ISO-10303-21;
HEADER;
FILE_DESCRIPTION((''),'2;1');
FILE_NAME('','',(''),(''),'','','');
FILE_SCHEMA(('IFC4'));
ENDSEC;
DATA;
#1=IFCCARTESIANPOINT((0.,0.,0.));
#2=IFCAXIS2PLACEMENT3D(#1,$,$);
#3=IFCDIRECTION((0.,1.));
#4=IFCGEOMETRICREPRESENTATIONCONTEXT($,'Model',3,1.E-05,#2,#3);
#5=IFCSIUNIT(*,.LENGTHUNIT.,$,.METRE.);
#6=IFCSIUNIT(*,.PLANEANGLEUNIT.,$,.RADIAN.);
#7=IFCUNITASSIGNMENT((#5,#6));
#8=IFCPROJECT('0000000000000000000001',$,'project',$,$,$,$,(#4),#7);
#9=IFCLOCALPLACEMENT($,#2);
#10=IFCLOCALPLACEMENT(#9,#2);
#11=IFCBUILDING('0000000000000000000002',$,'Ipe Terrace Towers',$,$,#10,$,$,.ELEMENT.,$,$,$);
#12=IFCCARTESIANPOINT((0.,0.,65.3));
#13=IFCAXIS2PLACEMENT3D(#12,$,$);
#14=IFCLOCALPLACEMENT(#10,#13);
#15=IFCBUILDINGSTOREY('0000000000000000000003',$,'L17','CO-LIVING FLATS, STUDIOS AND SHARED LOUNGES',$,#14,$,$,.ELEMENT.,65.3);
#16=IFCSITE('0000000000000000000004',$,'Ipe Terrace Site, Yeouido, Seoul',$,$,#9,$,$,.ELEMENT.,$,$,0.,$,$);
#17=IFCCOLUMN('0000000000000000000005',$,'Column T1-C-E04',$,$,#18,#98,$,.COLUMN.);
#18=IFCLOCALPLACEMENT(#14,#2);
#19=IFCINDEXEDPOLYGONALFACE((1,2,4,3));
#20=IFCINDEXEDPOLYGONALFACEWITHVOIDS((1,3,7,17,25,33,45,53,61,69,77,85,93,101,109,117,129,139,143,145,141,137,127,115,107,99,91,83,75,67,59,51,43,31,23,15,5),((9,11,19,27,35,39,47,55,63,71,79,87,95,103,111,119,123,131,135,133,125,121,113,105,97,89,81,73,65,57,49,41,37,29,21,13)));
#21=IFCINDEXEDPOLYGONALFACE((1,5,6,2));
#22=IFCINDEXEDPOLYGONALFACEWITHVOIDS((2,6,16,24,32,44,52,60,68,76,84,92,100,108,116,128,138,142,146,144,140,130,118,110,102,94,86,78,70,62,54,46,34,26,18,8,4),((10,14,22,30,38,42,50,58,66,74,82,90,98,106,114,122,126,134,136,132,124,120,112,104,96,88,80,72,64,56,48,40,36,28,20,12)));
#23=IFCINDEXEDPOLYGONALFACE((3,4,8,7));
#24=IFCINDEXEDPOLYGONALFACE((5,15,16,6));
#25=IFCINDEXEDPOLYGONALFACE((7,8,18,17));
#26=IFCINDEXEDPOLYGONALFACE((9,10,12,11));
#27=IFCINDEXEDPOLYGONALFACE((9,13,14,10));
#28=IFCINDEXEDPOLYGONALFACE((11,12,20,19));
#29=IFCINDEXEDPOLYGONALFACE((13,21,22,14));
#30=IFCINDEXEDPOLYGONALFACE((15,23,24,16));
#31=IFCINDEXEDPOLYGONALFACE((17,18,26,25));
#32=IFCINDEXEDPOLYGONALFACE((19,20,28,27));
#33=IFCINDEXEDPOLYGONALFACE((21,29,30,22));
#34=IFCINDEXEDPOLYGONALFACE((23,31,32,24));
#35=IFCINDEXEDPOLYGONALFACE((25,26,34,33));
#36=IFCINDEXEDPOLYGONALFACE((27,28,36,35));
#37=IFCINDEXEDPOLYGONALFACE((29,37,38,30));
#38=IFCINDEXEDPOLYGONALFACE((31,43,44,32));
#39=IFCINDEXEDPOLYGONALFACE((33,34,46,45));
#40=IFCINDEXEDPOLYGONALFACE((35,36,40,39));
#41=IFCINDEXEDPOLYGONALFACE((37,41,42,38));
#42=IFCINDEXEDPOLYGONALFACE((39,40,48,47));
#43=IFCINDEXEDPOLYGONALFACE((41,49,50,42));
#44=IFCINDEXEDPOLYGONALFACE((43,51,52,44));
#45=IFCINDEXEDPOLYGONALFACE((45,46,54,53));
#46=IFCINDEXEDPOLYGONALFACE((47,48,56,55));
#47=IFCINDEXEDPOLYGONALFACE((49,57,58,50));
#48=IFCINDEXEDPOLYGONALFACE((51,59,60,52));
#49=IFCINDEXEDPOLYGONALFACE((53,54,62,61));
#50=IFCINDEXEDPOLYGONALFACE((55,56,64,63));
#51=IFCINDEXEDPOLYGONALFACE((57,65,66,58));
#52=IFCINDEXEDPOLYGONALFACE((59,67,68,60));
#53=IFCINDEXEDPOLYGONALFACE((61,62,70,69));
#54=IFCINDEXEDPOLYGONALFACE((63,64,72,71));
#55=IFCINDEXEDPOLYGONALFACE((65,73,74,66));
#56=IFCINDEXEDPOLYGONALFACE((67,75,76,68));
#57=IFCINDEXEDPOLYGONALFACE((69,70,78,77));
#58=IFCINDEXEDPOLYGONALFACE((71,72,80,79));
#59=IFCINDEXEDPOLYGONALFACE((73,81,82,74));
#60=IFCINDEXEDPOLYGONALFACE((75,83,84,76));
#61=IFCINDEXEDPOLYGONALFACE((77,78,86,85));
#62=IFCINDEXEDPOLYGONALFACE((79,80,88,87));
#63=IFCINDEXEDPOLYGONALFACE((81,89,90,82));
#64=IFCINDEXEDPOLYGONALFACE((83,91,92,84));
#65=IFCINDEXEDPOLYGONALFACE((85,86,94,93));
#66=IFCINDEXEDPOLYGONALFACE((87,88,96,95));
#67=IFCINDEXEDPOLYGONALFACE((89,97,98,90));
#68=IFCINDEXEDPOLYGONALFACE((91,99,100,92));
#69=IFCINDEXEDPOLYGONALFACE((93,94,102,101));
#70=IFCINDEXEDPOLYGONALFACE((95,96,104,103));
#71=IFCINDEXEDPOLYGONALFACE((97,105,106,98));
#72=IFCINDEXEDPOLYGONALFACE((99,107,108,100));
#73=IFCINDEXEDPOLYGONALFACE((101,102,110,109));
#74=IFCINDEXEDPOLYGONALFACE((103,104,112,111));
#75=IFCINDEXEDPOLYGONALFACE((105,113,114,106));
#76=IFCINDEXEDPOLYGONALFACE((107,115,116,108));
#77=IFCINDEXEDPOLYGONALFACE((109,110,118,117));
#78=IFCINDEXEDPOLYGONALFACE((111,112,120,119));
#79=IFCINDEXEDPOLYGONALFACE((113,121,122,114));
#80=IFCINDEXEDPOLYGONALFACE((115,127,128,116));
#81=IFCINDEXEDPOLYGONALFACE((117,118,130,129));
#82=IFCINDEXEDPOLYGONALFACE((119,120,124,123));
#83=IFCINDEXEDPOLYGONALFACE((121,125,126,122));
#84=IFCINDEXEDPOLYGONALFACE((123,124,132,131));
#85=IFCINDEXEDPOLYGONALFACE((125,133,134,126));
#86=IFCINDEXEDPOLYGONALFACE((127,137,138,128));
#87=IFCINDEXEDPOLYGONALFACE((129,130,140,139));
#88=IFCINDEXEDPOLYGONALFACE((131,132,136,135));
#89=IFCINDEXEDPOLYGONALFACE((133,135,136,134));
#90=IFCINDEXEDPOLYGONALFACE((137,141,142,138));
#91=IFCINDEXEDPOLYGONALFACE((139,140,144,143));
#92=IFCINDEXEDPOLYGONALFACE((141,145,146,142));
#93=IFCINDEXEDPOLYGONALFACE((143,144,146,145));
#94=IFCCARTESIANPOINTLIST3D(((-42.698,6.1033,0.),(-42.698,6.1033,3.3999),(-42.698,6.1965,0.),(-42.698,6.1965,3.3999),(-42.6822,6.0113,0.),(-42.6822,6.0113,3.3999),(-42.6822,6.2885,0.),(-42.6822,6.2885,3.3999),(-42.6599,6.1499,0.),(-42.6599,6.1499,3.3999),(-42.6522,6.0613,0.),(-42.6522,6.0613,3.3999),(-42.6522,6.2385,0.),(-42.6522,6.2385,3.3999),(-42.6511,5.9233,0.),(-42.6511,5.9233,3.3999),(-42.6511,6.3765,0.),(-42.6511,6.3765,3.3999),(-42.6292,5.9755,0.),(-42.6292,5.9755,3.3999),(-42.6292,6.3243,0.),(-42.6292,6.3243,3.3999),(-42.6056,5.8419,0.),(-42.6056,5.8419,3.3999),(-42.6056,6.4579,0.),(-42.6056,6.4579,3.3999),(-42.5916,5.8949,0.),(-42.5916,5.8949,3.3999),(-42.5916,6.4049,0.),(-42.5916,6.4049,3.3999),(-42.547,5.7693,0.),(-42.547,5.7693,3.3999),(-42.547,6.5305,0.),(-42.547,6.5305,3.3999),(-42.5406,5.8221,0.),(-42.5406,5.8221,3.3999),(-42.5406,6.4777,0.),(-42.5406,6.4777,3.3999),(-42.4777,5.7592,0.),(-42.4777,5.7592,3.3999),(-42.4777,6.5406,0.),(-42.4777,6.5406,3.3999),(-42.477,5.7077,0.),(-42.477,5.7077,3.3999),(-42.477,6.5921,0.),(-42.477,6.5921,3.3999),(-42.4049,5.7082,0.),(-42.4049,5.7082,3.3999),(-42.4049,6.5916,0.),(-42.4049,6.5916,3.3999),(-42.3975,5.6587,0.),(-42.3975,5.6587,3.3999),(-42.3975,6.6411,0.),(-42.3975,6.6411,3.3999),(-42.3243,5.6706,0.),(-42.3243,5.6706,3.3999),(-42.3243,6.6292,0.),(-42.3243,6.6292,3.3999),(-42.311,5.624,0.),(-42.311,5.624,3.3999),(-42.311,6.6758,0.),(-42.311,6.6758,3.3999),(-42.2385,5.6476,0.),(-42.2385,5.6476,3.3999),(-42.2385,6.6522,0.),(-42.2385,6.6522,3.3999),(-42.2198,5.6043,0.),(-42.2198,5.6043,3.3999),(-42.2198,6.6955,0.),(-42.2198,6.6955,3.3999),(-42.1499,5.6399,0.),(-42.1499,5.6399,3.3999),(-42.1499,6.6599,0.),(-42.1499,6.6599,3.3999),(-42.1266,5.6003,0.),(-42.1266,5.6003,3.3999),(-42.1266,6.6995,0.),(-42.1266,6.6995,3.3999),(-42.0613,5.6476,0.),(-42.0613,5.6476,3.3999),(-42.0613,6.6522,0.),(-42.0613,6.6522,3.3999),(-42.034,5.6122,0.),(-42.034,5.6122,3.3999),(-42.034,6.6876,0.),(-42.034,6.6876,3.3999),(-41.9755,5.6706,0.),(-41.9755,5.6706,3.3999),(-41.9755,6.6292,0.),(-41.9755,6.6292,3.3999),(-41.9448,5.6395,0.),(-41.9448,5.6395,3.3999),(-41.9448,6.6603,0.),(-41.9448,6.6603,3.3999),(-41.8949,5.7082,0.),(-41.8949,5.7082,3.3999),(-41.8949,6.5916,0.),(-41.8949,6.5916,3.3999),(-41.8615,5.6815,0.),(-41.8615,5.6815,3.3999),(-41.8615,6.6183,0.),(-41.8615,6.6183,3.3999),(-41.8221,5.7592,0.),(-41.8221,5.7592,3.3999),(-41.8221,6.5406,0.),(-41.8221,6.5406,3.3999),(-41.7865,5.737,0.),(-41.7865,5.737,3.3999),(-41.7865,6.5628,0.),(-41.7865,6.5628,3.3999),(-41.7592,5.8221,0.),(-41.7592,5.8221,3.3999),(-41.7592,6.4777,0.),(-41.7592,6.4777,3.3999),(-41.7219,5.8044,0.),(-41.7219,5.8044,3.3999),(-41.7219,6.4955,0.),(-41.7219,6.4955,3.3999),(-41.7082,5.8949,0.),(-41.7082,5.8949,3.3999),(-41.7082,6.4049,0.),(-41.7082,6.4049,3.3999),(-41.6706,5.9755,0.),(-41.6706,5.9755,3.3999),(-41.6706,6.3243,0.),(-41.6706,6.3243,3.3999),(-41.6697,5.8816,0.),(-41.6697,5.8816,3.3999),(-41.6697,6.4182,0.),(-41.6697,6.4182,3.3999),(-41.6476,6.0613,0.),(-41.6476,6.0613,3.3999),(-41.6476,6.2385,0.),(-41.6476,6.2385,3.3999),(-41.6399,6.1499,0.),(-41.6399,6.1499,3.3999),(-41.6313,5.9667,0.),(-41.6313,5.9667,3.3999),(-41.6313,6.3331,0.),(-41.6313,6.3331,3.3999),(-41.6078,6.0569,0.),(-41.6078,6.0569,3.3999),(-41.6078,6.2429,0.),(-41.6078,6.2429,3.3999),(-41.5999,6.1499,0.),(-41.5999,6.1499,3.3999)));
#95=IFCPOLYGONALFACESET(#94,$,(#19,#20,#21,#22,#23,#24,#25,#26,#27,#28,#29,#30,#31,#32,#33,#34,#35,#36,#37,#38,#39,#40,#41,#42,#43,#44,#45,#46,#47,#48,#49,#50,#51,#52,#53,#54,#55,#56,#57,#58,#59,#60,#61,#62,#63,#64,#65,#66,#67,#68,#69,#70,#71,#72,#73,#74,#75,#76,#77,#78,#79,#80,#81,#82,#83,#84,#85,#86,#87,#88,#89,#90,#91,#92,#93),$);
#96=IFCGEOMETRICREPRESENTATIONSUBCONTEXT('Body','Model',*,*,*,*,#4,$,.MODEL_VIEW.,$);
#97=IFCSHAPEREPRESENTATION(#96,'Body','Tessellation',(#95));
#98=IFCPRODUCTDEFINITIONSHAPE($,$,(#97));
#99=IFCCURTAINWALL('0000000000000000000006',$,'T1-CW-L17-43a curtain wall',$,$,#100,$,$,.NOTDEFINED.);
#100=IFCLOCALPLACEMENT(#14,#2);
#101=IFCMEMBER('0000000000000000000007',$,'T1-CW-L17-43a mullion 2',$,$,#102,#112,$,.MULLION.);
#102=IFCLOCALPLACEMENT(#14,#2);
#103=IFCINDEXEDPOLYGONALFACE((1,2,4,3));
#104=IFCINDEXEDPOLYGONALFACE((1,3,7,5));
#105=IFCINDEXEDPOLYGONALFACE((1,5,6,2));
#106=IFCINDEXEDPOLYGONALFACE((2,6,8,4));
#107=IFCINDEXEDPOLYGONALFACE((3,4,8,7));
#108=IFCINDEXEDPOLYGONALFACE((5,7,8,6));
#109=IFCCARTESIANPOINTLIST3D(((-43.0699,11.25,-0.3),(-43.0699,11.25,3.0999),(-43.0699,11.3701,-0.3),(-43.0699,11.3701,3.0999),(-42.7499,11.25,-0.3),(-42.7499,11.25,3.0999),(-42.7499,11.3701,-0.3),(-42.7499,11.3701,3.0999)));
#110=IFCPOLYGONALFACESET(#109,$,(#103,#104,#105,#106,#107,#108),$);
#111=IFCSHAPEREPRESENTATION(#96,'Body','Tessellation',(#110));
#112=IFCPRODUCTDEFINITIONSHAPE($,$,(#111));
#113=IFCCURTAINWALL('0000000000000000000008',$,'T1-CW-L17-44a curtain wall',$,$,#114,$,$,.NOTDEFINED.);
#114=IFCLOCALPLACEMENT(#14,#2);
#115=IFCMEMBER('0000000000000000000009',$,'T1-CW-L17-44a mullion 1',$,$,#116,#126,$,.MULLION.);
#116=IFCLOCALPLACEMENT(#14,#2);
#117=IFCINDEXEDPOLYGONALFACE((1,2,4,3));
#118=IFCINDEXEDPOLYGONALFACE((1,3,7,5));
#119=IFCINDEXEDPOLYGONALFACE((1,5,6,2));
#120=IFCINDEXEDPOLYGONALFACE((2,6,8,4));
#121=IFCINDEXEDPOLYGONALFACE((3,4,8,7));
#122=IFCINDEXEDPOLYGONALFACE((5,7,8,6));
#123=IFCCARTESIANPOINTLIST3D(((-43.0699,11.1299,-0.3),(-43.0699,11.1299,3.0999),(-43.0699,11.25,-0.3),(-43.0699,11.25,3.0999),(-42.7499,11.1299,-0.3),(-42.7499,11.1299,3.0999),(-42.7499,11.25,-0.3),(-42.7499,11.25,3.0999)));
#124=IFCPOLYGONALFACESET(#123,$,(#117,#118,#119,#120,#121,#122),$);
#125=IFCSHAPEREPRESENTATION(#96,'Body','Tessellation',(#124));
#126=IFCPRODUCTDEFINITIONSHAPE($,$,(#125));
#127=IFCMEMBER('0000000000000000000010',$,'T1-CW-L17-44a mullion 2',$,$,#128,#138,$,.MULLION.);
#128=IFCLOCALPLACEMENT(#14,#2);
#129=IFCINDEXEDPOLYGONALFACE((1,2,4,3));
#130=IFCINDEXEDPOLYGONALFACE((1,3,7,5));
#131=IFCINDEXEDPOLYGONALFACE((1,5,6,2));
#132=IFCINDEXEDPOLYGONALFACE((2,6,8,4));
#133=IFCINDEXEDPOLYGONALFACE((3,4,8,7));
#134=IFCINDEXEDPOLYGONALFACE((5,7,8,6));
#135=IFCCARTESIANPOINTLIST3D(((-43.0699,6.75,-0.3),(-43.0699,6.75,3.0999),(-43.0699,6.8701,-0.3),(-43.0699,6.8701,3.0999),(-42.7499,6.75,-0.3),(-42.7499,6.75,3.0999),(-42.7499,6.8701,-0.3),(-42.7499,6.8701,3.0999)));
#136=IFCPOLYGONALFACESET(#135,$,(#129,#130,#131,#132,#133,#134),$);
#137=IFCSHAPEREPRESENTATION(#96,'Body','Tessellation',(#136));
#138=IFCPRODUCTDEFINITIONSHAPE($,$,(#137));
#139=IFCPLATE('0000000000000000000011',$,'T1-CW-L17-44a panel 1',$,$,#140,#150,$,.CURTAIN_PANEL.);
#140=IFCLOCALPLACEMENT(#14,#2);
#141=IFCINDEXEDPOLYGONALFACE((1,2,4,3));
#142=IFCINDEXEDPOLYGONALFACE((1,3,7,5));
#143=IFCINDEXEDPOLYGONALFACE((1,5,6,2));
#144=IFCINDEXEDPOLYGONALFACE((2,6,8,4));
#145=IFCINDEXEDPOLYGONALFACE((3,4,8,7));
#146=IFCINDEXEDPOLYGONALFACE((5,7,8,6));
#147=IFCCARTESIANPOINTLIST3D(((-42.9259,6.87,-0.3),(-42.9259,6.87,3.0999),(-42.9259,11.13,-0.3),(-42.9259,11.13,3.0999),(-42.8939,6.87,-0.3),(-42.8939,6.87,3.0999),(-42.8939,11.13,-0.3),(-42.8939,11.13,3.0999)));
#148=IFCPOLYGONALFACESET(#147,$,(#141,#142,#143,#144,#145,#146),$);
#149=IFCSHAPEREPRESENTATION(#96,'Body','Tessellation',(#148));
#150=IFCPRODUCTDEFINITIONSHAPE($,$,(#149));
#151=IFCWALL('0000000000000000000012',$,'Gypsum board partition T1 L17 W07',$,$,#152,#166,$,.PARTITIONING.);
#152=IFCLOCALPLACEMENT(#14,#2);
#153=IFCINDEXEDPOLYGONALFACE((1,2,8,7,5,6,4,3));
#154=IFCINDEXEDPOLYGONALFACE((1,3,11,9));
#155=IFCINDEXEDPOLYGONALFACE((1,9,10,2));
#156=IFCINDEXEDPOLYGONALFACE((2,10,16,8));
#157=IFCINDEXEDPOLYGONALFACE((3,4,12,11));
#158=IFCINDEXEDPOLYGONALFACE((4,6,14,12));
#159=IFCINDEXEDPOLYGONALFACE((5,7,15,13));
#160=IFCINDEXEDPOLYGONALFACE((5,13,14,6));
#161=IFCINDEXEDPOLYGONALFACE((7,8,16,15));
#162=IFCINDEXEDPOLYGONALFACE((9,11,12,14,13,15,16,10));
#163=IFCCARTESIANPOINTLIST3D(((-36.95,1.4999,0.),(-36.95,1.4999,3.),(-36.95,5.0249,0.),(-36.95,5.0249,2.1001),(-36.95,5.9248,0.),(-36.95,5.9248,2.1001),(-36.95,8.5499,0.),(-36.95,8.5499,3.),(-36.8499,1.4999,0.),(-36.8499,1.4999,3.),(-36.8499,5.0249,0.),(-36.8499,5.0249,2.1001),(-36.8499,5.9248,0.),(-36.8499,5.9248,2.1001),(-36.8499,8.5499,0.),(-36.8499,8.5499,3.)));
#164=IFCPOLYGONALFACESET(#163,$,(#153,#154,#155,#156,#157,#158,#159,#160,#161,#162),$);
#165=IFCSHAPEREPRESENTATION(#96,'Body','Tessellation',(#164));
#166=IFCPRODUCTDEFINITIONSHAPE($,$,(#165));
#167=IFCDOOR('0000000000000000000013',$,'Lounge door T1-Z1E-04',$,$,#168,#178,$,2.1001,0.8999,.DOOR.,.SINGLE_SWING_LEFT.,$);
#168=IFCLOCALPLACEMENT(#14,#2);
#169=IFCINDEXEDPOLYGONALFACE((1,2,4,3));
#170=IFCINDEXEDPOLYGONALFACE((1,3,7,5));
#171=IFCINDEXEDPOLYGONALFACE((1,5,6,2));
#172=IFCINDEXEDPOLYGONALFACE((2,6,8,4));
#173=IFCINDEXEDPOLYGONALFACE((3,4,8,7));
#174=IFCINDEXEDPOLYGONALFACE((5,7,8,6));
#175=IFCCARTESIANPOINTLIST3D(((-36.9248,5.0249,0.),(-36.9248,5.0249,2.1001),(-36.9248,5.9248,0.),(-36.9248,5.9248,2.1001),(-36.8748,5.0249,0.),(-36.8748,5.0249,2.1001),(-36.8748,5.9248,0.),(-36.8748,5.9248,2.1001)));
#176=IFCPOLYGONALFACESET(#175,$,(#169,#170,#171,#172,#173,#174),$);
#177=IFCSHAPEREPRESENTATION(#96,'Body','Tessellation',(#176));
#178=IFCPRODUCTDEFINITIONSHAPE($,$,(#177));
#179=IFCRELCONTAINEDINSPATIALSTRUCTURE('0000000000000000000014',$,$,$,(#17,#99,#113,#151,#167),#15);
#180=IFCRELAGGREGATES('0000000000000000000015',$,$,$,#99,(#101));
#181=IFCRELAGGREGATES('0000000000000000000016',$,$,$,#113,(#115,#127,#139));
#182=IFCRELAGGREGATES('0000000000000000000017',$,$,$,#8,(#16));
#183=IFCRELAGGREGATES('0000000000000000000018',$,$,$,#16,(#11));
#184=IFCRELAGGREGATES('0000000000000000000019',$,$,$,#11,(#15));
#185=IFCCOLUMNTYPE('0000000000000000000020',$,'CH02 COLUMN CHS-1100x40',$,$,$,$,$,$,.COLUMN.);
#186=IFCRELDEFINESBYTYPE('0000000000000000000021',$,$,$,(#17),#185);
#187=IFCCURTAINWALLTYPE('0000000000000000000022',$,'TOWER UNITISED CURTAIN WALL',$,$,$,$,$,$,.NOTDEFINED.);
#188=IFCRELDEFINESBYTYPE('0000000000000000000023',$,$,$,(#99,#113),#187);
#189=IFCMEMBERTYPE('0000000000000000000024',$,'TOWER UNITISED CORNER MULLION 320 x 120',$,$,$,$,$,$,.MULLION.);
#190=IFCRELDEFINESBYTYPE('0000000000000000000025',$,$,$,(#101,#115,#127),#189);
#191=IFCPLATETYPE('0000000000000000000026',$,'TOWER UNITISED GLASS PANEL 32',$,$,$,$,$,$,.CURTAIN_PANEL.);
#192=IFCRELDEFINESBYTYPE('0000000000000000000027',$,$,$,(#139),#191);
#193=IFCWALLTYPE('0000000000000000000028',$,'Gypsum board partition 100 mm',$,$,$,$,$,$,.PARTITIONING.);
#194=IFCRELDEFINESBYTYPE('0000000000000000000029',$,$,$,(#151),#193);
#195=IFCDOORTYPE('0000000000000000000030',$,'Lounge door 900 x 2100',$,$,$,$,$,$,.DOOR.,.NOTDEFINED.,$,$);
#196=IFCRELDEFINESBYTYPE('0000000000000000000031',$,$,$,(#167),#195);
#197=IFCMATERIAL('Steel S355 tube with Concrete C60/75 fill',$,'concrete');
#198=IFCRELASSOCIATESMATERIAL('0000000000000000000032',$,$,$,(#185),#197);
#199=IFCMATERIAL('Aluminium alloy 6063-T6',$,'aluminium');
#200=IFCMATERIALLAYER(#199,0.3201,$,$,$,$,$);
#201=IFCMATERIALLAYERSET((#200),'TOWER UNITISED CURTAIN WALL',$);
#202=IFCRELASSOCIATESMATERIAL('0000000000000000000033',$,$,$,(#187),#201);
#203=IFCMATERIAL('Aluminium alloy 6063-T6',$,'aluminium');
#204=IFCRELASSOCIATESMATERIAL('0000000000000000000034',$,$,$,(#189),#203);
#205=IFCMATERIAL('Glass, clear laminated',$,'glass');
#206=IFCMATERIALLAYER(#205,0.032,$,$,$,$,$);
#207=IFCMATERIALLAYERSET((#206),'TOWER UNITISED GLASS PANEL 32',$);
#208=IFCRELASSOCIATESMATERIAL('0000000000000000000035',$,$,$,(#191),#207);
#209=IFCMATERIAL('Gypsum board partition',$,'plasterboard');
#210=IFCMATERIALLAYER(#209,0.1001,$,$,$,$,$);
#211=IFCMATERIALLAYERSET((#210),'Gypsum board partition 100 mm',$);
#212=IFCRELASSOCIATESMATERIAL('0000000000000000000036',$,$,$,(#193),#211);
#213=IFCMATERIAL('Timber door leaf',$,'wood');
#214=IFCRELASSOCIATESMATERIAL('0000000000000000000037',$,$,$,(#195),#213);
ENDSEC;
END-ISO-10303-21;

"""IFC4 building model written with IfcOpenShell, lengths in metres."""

from ifc_helpers import new_model, si_unit, direction, frame, frame_2d, origin, origin_2d, place, context, subcontext, project, spatial, rectangle, hollow_circle, extrude, material, layer, layer_set, material_profile, profile_set, type_object, element, fill, aggregate, save


model = new_model("IFC4")

# Units and contexts
model_context = context("Model", 3, precision=1e-05, world=origin(), true_north=direction((0.0, 1.0)))
body_context = subcontext(model_context, "Body", "Model", "MODEL_VIEW")
ifc_project = project(units=[si_unit("LENGTHUNIT", "METRE"), si_unit("PLANEANGLEUNIT", "RADIAN")], contexts=[model_context])

# Site, building, storey
site_placement = place(None, origin())
site = spatial("IfcSite", under=ifc_project, at=site_placement, Name="Ipe Terrace Site, Yeouido, Seoul", CompositionType="ELEMENT", RefElevation=0.0)
building_placement = place(site_placement, origin())
building = spatial("IfcBuilding", under=site, at=building_placement, Name="Ipe Terrace Towers", CompositionType="ELEMENT")
storey_placement = place(building_placement, frame((0.0, 0.0, 65.3)))
storey = spatial("IfcBuildingStorey", under=building, at=storey_placement, Name="L17", Description="CO-LIVING FLATS, STUDIOS AND SHARED LOUNGES", CompositionType="ELEMENT", Elevation=65.3)

# Column
ifc_material_1 = material(Name="Steel S355 tube with Concrete C60/75 fill", Category="concrete")
ifc_material_profile_1 = material_profile(ifc_material_1, hollow_circle(Radius=0.55, WallThickness=0.04, at=origin_2d()), Name="CHS-1100x40")
ifc_profile_set_1 = profile_set([ifc_material_profile_1], Name="Steel S355 tube with Concrete C60/75 fill")
column_type = type_object("IfcColumnType", Name="CH02 COLUMN CHS-1100x40", PredefinedType="COLUMN", material=ifc_profile_set_1)
column_placement = place(storey_placement, frame((-42.1499, 6.1499, 0.0), z_axis=(0.0, 0.0, 1.0), x_axis=(1.0, 0.0, 0.0)))
element("IfcColumn", 1, at=column_placement, inside=storey, type_object=column_type, Name="Column T1-C-E04", PredefinedType="COLUMN", context=body_context, shape_type="SweptSolid", body=[
    extrude(hollow_circle(Radius=0.55, WallThickness=0.04, at=origin_2d()), origin(), (0.0, 0.0, 1.0), 3.3999),
])

# Curtain wall, member
ifc_material_2 = material(Name="Aluminium alloy 6063-T6", Category="aluminium")
ifc_layer_1 = layer(ifc_material_2, 0.3201)
ifc_layer_set_1 = layer_set([ifc_layer_1], Name="TOWER UNITISED CURTAIN WALL")
curtain_wall_type = type_object("IfcCurtainWallType", Name="TOWER UNITISED CURTAIN WALL", PredefinedType="NOTDEFINED", material=ifc_layer_set_1)
curtain_wall_1_placement = place(storey_placement, origin())
curtain_wall_1 = element("IfcCurtainWall", 2, at=curtain_wall_1_placement, inside=storey, type_object=curtain_wall_type, Name="T1-CW-L17-43a curtain wall", PredefinedType="NOTDEFINED")
ifc_material_3 = material(Name="Aluminium alloy 6063-T6", Category="aluminium")
ifc_material_profile_2 = material_profile(ifc_material_3, rectangle(XDim=0.3201, YDim=0.1201, at=origin_2d()), Name="TOWER UNITISED CORNER MULLION 320 x 120")
ifc_profile_set_2 = profile_set([ifc_material_profile_2], Name="Aluminium alloy 6063-T6")
member_type = type_object("IfcMemberType", Name="TOWER UNITISED CORNER MULLION 320 x 120", PredefinedType="MULLION", material=ifc_profile_set_2)
member_1_placement = place(storey_placement, frame((-42.9099, 11.3101, -0.3), z_axis=(0.0, 0.0, 1.0), x_axis=(-1.0, 0.0, 0.0)))
member_1 = element("IfcMember", 3, at=member_1_placement, type_object=member_type, Name="T1-CW-L17-43a mullion 2", PredefinedType="MULLION", context=body_context, shape_type="SweptSolid", body=[
    extrude(rectangle(XDim=0.3201, YDim=0.1201, at=origin_2d()), origin(), (0.0, 0.0, 1.0), 3.3999),
])
aggregate(curtain_wall_1, [member_1])

# Curtain wall, members, plate
curtain_wall_2_placement = place(storey_placement, origin())
curtain_wall_2 = element("IfcCurtainWall", 4, at=curtain_wall_2_placement, inside=storey, type_object=curtain_wall_type, Name="T1-CW-L17-44a curtain wall", PredefinedType="NOTDEFINED")
member_2_placement = place(storey_placement, frame((-42.9099, 11.1899, -0.3), z_axis=(0.0, 0.0, 1.0), x_axis=(-1.0, 0.0, 0.0)))
member_2 = element("IfcMember", 5, at=member_2_placement, type_object=member_type, Name="T1-CW-L17-44a mullion 1", PredefinedType="MULLION", context=body_context, shape_type="SweptSolid", body=[
    extrude(rectangle(XDim=0.3201, YDim=0.1201, at=origin_2d()), origin(), (0.0, 0.0, 1.0), 3.3999),
])
member_3_placement = place(storey_placement, frame((-42.9099, 6.8101, -0.3), z_axis=(0.0, 0.0, 1.0), x_axis=(-1.0, 0.0, 0.0)))
member_3 = element("IfcMember", 6, at=member_3_placement, type_object=member_type, Name="T1-CW-L17-44a mullion 2", PredefinedType="MULLION", context=body_context, shape_type="SweptSolid", body=[
    extrude(rectangle(XDim=0.3201, YDim=0.1201, at=origin_2d()), origin(), (0.0, 0.0, 1.0), 3.3999),
])
ifc_material_4 = material(Name="Glass, clear laminated", Category="glass")
ifc_layer_2 = layer(ifc_material_4, 0.032)
ifc_layer_set_2 = layer_set([ifc_layer_2], Name="TOWER UNITISED GLASS PANEL 32")
plate_type = type_object("IfcPlateType", Name="TOWER UNITISED GLASS PANEL 32", PredefinedType="CURTAIN_PANEL", material=ifc_layer_set_2)
plate_placement = place(storey_placement, frame((-42.9099, 9.0, -0.3), z_axis=(0.0, 0.0, 1.0), x_axis=(0.0, -1.0, 0.0)))
plate = element("IfcPlate", 7, at=plate_placement, type_object=plate_type, Name="T1-CW-L17-44a panel 1", PredefinedType="CURTAIN_PANEL", context=body_context, shape_type="SweptSolid", body=[
    extrude(rectangle(XDim=4.26, YDim=0.032, at=origin_2d()), origin(), (0.0, 0.0, 1.0), 3.3999),
])
aggregate(curtain_wall_2, [member_2, member_3, plate])

# Wall, opening, door
ifc_material_5 = material(Name="Gypsum board partition", Category="plasterboard")
ifc_layer_3 = layer(ifc_material_5, 0.1001)
ifc_layer_set_3 = layer_set([ifc_layer_3], Name="Gypsum board partition 100 mm")
wall_type_1 = type_object("IfcWallType", Name="Gypsum board partition 100 mm", PredefinedType="PARTITIONING", material=ifc_layer_set_3)
wall_1_placement = place(storey_placement, frame((-36.8999, 1.5, 0.0), z_axis=(0.0, 0.0, 1.0), x_axis=(0.0, 1.0, 0.0)))
wall_1 = element("IfcWall", 8, at=wall_1_placement, inside=storey, type_object=wall_type_1, Name="Gypsum board partition T1 L17 W07", PredefinedType="PARTITIONING", context=body_context, shape_type="SweptSolid", body=[
    extrude(rectangle(XDim=7.05, YDim=0.1001, at=frame_2d((3.5249, 0.0))), origin(), (0.0, 0.0, 1.0), 3.0),
])
opening_1_placement = place(wall_1_placement, frame((3.5249, 0.0, 0.0)))
opening_1 = element("IfcOpeningElement", 9, at=opening_1_placement, cuts=wall_1, PredefinedType="OPENING", context=body_context, shape_type="SweptSolid", body=[
    extrude(rectangle(XDim=0.8999, YDim=2.1001, at=frame_2d((0.45, 1.05))), frame((0.0, 0.0601, 0.0), z_axis=(0.0, -1.0, 0.0), x_axis=(1.0, 0.0, 0.0)), (0.0, 0.0, 1.0), 0.1201),
])
ifc_material_6 = material(Name="Timber door leaf", Category="wood")
door_type_1 = type_object("IfcDoorType", Name="Lounge door 900 x 2100", OperationType="NOTDEFINED", PredefinedType="DOOR", material=ifc_material_6)
door_1_placement = place(opening_1_placement, origin())
door_1 = element("IfcDoor", 10, at=door_1_placement, inside=storey, type_object=door_type_1, Name="Lounge door T1-Z1E-04", OperationType="SINGLE_SWING_LEFT", OverallHeight=2.1001, OverallWidth=0.8999, PredefinedType="DOOR", context=body_context, shape_type="SweptSolid", body=[
    extrude(rectangle(XDim=0.8999, YDim=2.1001, at=frame_2d((0.45, 1.05))), frame((0.0, 0.0249, 0.0), z_axis=(0.0, -1.0, 0.0), x_axis=(1.0, 0.0, 0.0)), (0.0, 0.0, 1.0), 0.05),
])
fill(opening_1, door_1)

save(model, "model.ifc")
